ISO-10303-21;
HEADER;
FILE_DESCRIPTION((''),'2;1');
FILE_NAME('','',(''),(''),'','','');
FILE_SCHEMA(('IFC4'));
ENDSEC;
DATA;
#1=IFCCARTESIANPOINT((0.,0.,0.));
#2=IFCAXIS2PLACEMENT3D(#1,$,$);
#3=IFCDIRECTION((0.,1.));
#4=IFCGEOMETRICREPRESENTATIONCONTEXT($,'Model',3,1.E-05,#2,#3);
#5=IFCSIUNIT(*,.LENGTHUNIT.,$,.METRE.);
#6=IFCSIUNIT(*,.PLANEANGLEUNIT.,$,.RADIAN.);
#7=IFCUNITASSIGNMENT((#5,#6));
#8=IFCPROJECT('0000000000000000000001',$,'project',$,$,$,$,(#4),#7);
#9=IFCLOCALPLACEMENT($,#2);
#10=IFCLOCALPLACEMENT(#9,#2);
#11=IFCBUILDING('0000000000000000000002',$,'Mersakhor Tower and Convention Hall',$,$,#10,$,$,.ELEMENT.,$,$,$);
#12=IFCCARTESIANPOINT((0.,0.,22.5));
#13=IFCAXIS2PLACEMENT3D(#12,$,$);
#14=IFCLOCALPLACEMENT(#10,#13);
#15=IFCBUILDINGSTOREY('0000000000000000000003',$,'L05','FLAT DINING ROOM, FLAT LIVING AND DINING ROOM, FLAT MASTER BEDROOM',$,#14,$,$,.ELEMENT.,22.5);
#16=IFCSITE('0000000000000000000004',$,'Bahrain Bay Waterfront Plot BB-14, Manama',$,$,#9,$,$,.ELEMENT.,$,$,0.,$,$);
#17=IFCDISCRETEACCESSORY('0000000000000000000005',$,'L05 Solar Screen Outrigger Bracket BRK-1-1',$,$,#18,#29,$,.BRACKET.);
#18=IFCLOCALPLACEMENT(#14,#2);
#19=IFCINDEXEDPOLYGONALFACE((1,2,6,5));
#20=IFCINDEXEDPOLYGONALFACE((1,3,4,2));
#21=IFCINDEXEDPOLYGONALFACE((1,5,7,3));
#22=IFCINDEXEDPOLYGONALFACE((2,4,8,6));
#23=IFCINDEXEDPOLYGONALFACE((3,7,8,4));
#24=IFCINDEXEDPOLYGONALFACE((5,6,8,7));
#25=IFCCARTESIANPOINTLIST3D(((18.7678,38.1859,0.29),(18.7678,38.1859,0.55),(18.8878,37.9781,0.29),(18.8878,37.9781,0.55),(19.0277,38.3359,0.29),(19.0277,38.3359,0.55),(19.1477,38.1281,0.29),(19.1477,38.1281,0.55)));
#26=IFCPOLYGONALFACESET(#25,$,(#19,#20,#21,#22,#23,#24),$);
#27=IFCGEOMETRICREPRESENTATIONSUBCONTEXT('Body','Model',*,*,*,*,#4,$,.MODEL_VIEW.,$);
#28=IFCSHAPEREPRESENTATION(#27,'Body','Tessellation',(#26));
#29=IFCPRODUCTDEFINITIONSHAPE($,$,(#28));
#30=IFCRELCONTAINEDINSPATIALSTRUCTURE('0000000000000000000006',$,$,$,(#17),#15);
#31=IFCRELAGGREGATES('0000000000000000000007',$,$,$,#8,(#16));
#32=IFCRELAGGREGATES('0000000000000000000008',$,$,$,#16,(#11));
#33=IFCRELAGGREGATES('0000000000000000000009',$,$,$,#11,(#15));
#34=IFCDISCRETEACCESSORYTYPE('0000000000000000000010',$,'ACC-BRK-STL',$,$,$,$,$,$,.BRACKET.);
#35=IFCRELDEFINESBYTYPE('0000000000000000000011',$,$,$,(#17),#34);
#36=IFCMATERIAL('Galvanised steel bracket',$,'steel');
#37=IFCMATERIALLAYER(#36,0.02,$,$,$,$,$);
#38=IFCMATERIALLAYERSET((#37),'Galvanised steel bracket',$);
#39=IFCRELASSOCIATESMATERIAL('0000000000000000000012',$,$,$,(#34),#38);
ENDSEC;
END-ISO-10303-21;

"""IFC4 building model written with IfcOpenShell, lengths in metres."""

from ifc_helpers import new_model, si_unit, direction, frame, origin, origin_2d, place, context, subcontext, project, spatial, rectangle, extrude, material, layer, layer_set, type_object, element, save


model = new_model("IFC4")

# Units and contexts
model_context = context("Model", 3, precision=1e-05, world=origin(), true_north=direction((0.0, 1.0)))
body_context = subcontext(model_context, "Body", "Model", "MODEL_VIEW")
ifc_project = project(units=[si_unit("LENGTHUNIT", "METRE"), si_unit("PLANEANGLEUNIT", "RADIAN")], contexts=[model_context])

# Site, building, storey
site_placement = place(None, origin())
site = spatial("IfcSite", under=ifc_project, at=site_placement, Name="Bahrain Bay Waterfront Plot BB-14, Manama", CompositionType="ELEMENT", RefElevation=0.0)
building_placement = place(site_placement, origin())
building = spatial("IfcBuilding", under=site, at=building_placement, Name="Mersakhor Tower and Convention Hall", CompositionType="ELEMENT")
storey_placement = place(building_placement, frame((0.0, 0.0, 22.5)))
storey = spatial("IfcBuildingStorey", under=building, at=storey_placement, Name="L05", Description="FLAT DINING ROOM, FLAT LIVING AND DINING ROOM, FLAT MASTER BEDROOM", CompositionType="ELEMENT", Elevation=22.5)

# Discrete accessory
ifc_material_1 = material(Name="Galvanised steel bracket", Category="steel")
ifc_layer_1 = layer(ifc_material_1, 0.02)
ifc_layer_set_1 = layer_set([ifc_layer_1], Name="Galvanised steel bracket")
discrete_accessory_type = type_object("IfcDiscreteAccessoryType", Name="ACC-BRK-STL", PredefinedType="BRACKET", material=ifc_layer_set_1)
discrete_accessory_placement = place(storey_placement, frame((18.9578, 38.157, 0.29), z_axis=(0.0, 0.0, 1.0), x_axis=(0.866025, 0.5, 0.0)))
element("IfcDiscreteAccessory", 1, at=discrete_accessory_placement, inside=storey, type_object=discrete_accessory_type, Name="L05 Solar Screen Outrigger Bracket BRK-1-1", PredefinedType="BRACKET", context=body_context, shape_type="SweptSolid", body=[
    extrude(rectangle(XDim=0.3, YDim=0.24, at=origin_2d()), origin(), (0.0, 0.0, 1.0), 0.26),
])

save(model, "model.ifc")
